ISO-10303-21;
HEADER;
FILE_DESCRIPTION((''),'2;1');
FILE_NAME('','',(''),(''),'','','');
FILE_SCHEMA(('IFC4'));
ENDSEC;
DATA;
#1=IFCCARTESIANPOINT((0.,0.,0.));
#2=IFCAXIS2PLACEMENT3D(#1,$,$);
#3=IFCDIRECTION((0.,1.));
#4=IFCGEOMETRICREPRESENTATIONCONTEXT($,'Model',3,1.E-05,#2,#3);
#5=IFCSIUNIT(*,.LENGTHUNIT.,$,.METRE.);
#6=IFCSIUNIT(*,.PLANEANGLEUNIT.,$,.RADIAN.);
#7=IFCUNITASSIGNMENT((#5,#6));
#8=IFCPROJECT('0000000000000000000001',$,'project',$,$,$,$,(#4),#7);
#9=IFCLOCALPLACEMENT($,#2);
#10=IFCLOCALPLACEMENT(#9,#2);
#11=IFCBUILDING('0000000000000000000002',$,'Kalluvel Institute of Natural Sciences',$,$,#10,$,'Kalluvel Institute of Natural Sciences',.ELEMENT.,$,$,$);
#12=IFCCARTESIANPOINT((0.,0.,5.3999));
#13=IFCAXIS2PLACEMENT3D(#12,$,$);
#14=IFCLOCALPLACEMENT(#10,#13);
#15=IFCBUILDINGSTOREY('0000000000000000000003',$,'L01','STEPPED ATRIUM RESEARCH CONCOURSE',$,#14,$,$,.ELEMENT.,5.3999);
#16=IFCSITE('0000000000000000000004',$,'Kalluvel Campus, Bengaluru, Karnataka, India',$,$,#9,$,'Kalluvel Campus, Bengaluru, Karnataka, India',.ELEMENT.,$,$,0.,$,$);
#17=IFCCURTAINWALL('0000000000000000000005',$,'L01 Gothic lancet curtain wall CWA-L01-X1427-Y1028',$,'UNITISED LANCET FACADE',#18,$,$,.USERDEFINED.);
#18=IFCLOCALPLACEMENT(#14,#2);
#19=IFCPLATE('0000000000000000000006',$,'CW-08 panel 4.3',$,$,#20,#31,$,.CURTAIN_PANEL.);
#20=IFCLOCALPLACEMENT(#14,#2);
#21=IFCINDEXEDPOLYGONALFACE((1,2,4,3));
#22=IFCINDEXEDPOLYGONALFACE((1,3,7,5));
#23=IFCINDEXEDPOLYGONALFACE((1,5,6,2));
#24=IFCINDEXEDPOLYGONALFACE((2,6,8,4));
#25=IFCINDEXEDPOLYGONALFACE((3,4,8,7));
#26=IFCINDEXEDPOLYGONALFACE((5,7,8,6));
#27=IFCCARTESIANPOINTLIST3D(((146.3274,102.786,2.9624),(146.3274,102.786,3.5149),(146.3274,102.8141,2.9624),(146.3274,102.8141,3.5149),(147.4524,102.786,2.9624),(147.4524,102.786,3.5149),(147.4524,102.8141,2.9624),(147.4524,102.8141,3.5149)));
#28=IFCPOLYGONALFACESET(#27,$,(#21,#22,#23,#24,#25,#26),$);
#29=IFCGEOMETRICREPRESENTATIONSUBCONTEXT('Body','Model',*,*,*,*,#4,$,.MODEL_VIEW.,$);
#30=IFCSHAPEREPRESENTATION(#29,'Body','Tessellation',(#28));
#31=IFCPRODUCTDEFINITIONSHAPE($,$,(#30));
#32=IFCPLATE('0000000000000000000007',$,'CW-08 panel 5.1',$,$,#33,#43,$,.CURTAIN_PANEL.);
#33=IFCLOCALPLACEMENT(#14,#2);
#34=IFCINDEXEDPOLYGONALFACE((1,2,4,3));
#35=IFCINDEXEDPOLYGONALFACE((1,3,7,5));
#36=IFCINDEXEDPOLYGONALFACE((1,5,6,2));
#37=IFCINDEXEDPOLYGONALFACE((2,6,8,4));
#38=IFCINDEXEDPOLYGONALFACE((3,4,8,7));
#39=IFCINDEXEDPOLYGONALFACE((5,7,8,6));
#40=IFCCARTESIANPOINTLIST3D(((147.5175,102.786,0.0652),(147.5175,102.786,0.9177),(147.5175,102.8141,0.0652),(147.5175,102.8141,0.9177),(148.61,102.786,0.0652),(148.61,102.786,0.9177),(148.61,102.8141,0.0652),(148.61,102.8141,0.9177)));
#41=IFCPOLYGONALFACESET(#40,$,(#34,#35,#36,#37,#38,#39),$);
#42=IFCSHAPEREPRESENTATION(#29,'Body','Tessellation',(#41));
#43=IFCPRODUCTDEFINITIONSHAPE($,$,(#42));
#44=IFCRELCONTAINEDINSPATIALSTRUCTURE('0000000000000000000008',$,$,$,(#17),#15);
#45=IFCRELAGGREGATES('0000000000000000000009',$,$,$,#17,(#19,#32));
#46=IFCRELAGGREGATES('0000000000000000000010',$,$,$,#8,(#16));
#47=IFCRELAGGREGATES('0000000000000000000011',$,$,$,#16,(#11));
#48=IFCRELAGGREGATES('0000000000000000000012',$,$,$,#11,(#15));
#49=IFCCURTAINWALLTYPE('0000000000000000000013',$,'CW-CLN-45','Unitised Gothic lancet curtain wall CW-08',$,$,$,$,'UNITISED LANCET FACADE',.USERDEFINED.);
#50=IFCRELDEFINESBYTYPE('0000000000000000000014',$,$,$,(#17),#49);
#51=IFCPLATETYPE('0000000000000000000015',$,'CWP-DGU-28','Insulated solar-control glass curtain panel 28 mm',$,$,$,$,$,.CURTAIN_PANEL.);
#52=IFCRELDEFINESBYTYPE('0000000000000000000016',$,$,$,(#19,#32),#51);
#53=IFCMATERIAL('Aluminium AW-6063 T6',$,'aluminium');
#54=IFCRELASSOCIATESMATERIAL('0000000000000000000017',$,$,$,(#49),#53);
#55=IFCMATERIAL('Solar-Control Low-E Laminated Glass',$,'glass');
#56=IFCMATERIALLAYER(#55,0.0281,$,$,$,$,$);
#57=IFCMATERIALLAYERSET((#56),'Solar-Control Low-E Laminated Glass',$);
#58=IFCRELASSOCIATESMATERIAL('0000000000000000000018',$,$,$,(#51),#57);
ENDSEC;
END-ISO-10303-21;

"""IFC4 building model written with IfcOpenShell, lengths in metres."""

from ifc_helpers import new_model, si_unit, direction, frame, origin, origin_2d, place, context, subcontext, project, spatial, rectangle, extrude, material, layer, layer_set, type_object, element, aggregate, save


model = new_model("IFC4")

# Units and contexts
model_context = context("Model", 3, precision=1e-05, world=origin(), true_north=direction((0.0, 1.0)))
body_context = subcontext(model_context, "Body", "Model", "MODEL_VIEW")
ifc_project = project(units=[si_unit("LENGTHUNIT", "METRE"), si_unit("PLANEANGLEUNIT", "RADIAN")], contexts=[model_context])

# Site, building, storey
site_placement = place(None, origin())
site = spatial("IfcSite", under=ifc_project, at=site_placement, Name="Kalluvel Campus, Bengaluru, Karnataka, India", LongName="Kalluvel Campus, Bengaluru, Karnataka, India", CompositionType="ELEMENT", RefElevation=0.0)
building_placement = place(site_placement, origin())
building = spatial("IfcBuilding", under=site, at=building_placement, Name="Kalluvel Institute of Natural Sciences", LongName="Kalluvel Institute of Natural Sciences", CompositionType="ELEMENT")
storey_placement = place(building_placement, frame((0.0, 0.0, 5.3999)))
storey = spatial("IfcBuildingStorey", under=building, at=storey_placement, Name="L01", Description="STEPPED ATRIUM RESEARCH CONCOURSE", CompositionType="ELEMENT", Elevation=5.3999)

# Curtain wall, plates
ifc_material_1 = material(Name="Aluminium AW-6063 T6", Category="aluminium")
curtain_wall_type = type_object("IfcCurtainWallType", Name="CW-CLN-45", Description="Unitised Gothic lancet curtain wall CW-08", ElementType="UNITISED LANCET FACADE", PredefinedType="USERDEFINED", material=ifc_material_1)
curtain_wall_placement = place(storey_placement, origin())
curtain_wall = element("IfcCurtainWall", 1, at=curtain_wall_placement, inside=storey, type_object=curtain_wall_type, Name="L01 Gothic lancet curtain wall CWA-L01-X1427-Y1028", ObjectType="UNITISED LANCET FACADE", PredefinedType="USERDEFINED")
ifc_material_2 = material(Name="Solar-Control Low-E Laminated Glass", Category="glass")
ifc_layer = layer(ifc_material_2, 0.0281)
ifc_layer_set = layer_set([ifc_layer], Name="Solar-Control Low-E Laminated Glass")
plate_type = type_object("IfcPlateType", Name="CWP-DGU-28", Description="Insulated solar-control glass curtain panel 28 mm", PredefinedType="CURTAIN_PANEL", material=ifc_layer_set)
plate_1_placement = place(storey_placement, frame((146.8899, 102.8, 2.9624), z_axis=(0.0, 0.0, 1.0), x_axis=(1.0, 0.0, 0.0)))
plate_1 = element("IfcPlate", 2, at=plate_1_placement, type_object=plate_type, Name="CW-08 panel 4.3", PredefinedType="CURTAIN_PANEL", context=body_context, shape_type="SweptSolid", body=[
    extrude(rectangle(XDim=1.125, YDim=0.0281, at=origin_2d()), origin(), (0.0, 0.0, 1.0), 0.5525),
])
plate_2_placement = place(storey_placement, frame((148.0637, 102.8, 0.0652), z_axis=(0.0, 0.0, 1.0), x_axis=(1.0, 0.0, 0.0)))
plate_2 = element("IfcPlate", 3, at=plate_2_placement, type_object=plate_type, Name="CW-08 panel 5.1", PredefinedType="CURTAIN_PANEL", context=body_context, shape_type="SweptSolid", body=[
    extrude(rectangle(XDim=1.0925, YDim=0.0281, at=origin_2d()), origin(), (0.0, 0.0, 1.0), 0.8525),
])
aggregate(curtain_wall, [plate_1, plate_2])

save(model, "model.ifc")
